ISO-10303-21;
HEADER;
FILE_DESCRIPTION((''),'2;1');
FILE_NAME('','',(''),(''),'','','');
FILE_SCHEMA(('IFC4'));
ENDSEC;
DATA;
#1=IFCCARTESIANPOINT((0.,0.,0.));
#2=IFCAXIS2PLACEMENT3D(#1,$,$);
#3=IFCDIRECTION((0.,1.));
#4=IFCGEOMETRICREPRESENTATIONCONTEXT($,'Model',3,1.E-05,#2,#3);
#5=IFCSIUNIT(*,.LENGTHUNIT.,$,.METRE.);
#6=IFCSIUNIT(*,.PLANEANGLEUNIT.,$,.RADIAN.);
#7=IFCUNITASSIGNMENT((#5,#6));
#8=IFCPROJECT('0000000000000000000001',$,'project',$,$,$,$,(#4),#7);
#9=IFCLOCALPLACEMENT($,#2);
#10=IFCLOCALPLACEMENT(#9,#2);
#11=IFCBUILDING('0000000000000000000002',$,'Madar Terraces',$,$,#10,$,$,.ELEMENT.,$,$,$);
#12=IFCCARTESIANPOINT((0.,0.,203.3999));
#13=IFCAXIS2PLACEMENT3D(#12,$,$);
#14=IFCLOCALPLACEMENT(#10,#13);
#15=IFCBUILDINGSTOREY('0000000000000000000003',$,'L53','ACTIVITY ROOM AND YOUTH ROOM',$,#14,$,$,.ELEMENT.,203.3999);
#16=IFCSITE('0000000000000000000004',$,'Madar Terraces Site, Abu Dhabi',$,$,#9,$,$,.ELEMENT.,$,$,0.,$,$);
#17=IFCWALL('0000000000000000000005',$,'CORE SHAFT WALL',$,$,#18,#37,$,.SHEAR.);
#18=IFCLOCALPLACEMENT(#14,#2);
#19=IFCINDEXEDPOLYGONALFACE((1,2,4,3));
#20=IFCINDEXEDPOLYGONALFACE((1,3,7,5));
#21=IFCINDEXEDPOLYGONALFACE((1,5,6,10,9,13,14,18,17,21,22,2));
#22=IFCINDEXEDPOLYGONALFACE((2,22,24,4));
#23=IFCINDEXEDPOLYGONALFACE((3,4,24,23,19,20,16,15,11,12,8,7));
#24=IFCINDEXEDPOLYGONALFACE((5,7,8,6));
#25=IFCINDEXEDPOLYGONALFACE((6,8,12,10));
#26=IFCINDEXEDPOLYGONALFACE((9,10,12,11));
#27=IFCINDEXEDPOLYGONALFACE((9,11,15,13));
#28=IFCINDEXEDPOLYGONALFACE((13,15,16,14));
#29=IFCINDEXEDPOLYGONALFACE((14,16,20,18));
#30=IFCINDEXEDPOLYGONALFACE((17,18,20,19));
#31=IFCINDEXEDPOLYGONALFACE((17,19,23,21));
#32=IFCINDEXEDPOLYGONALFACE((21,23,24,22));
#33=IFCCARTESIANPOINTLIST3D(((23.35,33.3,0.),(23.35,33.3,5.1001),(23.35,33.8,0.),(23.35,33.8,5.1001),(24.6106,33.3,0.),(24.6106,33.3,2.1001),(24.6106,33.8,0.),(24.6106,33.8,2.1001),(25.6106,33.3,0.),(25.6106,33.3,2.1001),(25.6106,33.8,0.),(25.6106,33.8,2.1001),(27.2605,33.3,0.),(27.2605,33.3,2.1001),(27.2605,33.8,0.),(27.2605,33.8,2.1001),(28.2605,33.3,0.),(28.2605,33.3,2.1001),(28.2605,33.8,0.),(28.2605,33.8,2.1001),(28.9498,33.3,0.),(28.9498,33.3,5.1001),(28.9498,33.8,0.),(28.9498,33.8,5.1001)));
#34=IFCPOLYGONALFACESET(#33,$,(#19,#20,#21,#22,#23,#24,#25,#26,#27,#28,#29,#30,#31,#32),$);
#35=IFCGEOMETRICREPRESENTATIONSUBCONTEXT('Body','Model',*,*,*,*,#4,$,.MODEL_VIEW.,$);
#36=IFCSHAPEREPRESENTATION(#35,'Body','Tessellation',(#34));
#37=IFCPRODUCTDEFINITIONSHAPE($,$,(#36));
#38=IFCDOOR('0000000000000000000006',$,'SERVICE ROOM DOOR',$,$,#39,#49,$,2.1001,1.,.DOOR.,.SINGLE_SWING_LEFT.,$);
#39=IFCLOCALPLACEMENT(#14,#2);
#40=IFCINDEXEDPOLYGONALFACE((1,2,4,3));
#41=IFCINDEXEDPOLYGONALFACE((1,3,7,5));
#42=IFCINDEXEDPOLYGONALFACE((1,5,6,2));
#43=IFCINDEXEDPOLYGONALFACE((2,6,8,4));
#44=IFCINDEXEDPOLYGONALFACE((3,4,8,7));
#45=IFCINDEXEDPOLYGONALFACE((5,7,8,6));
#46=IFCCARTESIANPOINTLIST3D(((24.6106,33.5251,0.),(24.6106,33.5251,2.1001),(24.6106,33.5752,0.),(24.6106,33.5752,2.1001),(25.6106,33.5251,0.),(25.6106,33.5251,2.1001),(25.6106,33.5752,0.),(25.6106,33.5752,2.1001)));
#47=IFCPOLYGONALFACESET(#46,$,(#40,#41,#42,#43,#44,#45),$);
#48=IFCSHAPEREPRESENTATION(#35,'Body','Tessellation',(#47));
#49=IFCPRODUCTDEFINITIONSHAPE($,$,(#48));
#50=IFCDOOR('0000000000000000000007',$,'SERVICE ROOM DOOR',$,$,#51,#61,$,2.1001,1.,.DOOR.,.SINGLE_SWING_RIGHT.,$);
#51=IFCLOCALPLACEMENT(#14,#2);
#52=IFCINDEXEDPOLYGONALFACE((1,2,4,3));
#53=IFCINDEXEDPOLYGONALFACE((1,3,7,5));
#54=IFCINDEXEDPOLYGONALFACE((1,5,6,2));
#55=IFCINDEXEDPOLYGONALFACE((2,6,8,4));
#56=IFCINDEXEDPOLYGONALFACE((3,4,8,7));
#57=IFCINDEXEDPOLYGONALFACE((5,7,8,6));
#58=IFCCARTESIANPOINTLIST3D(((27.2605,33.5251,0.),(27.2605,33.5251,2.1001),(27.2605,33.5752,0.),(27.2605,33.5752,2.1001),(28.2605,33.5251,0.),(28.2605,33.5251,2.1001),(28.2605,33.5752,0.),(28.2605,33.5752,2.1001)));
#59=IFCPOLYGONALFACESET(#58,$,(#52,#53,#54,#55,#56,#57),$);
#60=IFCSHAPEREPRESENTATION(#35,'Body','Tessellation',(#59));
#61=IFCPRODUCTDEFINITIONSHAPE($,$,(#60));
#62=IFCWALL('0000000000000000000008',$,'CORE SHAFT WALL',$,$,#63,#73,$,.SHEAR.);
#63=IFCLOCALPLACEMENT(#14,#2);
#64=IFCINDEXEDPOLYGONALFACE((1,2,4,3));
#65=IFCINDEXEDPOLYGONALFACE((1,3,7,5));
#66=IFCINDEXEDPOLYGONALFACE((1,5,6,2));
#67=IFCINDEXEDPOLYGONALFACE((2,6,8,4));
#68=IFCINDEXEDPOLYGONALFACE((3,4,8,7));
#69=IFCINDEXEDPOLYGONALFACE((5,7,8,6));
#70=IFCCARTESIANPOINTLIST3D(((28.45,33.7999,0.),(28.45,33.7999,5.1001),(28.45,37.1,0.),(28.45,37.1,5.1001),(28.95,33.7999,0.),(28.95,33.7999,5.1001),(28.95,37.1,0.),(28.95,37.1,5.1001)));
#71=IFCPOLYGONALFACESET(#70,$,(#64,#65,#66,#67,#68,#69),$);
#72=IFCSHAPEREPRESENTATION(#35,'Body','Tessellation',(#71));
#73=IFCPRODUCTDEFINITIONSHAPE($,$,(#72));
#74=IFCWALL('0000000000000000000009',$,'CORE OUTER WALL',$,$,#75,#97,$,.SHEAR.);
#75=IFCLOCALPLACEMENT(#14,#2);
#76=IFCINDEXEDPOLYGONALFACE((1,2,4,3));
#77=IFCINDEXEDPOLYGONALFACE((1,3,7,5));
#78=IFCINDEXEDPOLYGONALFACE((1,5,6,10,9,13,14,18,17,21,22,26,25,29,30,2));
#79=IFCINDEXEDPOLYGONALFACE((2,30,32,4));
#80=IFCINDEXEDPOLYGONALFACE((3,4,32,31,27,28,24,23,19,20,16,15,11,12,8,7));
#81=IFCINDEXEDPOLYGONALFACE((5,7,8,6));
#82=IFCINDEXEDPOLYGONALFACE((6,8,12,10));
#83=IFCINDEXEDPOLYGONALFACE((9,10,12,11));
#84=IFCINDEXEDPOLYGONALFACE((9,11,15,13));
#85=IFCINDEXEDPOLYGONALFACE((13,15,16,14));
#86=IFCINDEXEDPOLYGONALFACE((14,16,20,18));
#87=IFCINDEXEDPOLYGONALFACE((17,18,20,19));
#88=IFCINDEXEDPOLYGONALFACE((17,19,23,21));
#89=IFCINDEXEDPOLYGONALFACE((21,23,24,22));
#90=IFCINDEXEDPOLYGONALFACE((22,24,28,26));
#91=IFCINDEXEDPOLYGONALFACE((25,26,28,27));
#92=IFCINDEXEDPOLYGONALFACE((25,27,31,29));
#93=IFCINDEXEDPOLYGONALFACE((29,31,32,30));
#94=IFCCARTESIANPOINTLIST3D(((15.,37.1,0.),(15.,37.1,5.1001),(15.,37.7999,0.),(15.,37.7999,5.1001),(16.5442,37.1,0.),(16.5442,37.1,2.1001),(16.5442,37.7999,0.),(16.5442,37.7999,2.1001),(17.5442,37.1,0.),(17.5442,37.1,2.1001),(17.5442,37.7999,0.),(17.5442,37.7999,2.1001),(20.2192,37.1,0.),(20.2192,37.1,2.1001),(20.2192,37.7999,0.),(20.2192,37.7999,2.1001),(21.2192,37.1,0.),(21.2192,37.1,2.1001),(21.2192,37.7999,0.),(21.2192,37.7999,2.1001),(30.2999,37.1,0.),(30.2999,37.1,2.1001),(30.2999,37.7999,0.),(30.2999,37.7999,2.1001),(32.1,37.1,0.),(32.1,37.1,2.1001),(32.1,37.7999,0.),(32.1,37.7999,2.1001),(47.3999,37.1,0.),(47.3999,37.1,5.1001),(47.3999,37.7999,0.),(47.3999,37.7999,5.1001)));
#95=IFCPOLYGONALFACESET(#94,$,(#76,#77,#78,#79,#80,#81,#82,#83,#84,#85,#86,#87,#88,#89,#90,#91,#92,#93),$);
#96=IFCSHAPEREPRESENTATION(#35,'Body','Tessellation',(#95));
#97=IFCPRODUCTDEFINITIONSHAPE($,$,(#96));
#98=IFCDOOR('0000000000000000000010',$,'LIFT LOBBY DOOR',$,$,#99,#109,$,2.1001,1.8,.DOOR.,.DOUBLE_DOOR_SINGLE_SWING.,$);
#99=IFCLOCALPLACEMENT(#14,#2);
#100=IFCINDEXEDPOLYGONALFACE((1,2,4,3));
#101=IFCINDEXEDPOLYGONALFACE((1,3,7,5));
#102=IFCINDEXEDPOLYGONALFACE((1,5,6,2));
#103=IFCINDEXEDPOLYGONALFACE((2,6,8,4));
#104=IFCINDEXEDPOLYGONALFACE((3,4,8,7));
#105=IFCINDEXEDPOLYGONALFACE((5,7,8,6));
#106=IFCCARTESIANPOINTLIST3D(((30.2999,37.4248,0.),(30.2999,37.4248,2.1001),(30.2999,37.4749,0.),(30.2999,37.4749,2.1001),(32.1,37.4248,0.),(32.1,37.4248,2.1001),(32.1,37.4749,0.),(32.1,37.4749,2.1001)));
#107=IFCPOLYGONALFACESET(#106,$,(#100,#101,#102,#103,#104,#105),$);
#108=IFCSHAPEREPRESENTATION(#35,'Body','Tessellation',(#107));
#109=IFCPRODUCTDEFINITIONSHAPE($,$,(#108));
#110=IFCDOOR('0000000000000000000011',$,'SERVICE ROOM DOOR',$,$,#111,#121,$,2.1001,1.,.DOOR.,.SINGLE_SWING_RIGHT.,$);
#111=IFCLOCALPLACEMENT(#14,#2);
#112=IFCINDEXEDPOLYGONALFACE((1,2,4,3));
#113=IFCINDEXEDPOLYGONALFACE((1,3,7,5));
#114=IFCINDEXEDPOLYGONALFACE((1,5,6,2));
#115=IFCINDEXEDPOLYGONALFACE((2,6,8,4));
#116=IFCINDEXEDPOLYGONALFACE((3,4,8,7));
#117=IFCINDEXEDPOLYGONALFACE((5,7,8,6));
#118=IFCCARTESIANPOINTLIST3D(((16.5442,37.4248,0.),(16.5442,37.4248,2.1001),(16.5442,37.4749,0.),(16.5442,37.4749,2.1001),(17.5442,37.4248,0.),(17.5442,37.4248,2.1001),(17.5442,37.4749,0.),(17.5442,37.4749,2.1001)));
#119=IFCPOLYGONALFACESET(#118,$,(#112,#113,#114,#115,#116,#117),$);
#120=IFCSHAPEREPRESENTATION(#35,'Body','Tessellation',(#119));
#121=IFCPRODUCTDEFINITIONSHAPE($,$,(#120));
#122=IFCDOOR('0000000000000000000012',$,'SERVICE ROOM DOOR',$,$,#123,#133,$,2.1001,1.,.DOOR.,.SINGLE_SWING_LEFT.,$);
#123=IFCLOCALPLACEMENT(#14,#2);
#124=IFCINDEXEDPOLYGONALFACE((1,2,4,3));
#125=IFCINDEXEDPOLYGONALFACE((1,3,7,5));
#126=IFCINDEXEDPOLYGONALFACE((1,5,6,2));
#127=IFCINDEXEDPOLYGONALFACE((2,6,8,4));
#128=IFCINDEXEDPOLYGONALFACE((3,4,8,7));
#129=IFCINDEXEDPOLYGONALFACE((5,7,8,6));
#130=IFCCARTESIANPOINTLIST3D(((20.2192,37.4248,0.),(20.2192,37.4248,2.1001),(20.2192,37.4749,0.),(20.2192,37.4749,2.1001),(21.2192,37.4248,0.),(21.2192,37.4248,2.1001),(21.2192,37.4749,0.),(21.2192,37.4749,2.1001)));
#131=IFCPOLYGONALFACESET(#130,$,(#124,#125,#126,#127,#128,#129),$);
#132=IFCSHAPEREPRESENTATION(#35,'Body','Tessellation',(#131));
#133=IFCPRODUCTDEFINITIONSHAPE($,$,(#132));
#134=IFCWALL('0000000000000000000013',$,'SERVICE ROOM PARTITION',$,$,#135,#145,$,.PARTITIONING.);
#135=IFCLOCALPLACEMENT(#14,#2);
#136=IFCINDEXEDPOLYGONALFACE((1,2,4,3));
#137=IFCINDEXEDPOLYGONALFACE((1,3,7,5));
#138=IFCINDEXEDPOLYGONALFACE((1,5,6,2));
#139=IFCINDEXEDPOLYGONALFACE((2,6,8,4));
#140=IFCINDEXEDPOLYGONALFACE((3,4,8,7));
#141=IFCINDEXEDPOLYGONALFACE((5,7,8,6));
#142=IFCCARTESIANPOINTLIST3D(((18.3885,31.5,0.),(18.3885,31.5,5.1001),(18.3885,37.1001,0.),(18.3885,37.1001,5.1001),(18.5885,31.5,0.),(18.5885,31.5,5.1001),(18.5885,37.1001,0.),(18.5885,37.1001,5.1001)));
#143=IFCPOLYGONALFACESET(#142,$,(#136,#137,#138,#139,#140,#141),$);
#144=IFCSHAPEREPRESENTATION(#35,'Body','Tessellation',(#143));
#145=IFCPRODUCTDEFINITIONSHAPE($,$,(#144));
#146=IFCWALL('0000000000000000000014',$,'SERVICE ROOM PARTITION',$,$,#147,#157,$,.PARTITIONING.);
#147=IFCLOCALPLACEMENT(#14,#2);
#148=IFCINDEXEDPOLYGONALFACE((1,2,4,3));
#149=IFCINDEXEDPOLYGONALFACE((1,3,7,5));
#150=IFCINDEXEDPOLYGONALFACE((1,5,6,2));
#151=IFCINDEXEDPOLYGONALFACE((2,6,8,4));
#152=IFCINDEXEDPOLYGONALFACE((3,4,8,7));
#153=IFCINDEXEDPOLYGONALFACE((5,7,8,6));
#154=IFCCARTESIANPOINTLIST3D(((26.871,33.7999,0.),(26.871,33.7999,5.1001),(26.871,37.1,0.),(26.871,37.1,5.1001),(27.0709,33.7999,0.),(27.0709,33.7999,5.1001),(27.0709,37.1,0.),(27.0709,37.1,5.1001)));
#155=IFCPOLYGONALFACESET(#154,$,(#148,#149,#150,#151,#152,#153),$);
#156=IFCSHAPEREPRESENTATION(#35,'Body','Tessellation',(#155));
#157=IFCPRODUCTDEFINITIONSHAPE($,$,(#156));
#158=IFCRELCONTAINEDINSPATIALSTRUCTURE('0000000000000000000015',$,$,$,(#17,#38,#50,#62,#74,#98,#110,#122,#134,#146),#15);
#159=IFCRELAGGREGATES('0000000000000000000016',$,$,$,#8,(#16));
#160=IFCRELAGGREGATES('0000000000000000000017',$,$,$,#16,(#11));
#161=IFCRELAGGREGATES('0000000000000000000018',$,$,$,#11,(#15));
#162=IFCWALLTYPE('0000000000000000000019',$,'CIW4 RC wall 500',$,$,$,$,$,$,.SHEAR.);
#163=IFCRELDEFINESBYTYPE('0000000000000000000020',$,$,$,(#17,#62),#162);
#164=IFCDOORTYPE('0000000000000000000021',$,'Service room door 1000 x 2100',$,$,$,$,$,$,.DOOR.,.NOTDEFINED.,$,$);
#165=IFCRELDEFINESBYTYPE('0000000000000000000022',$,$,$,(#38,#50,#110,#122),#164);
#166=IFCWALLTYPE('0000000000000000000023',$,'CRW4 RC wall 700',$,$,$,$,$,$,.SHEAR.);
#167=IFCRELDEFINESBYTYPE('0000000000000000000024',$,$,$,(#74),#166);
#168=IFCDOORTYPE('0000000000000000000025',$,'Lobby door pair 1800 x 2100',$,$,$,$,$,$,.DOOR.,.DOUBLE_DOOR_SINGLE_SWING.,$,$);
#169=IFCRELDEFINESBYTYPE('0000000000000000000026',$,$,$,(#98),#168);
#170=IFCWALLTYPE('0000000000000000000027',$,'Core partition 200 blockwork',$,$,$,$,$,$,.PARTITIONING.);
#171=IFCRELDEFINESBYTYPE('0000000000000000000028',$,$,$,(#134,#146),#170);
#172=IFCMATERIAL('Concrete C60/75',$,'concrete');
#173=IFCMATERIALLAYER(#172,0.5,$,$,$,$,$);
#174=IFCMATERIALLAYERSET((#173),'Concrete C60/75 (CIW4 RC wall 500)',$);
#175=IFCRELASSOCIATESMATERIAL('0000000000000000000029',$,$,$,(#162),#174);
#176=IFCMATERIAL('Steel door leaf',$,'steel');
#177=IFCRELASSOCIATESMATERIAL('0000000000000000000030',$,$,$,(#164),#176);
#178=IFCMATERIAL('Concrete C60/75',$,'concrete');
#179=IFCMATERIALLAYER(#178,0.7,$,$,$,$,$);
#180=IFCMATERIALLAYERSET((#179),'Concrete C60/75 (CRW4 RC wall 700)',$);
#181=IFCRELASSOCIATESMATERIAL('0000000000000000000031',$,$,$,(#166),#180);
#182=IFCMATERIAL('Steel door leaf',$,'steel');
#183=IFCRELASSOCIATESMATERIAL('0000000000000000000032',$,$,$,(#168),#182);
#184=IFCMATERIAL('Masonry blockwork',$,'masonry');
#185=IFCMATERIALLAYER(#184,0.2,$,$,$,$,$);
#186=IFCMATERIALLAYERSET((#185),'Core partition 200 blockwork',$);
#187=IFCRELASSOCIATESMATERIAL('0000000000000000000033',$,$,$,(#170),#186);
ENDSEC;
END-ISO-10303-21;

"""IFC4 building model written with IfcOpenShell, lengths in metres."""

from ifc_helpers import new_model, si_unit, direction, frame, frame_2d, origin, place, context, subcontext, project, spatial, rectangle, extrude, material, layer, layer_set, type_object, element, fill, save


model = new_model("IFC4")

# Units and contexts
model_context = context("Model", 3, precision=1e-05, world=origin(), true_north=direction((0.0, 1.0)))
body_context = subcontext(model_context, "Body", "Model", "MODEL_VIEW")
ifc_project = project(units=[si_unit("LENGTHUNIT", "METRE"), si_unit("PLANEANGLEUNIT", "RADIAN")], contexts=[model_context])

# Site, building, storey
site_placement = place(None, origin())
site = spatial("IfcSite", under=ifc_project, at=site_placement, Name="Madar Terraces Site, Abu Dhabi", CompositionType="ELEMENT", RefElevation=0.0)
building_placement = place(site_placement, origin())
building = spatial("IfcBuilding", under=site, at=building_placement, Name="Madar Terraces", CompositionType="ELEMENT")
storey_placement = place(building_placement, frame((0.0, 0.0, 203.3999)))
storey = spatial("IfcBuildingStorey", under=building, at=storey_placement, Name="L53", Description="ACTIVITY ROOM AND YOUTH ROOM", CompositionType="ELEMENT", Elevation=203.3999)

# Shared definitions
ifc_material_1 = material(Name="Concrete C60/75", Category="concrete")
ifc_layer_1 = layer(ifc_material_1, 0.5)
ifc_layer_set_1 = layer_set([ifc_layer_1], Name="Concrete C60/75 (CIW4 RC wall 500)")
wall_type_1 = type_object("IfcWallType", Name="CIW4 RC wall 500", PredefinedType="SHEAR", material=ifc_layer_set_1)

# Wall, openings, doors
wall_1_placement = place(storey_placement, frame((23.3501, 33.55, 0.0), z_axis=(0.0, 0.0, 1.0), x_axis=(1.0, 0.0, 0.0)))
wall_1 = element("IfcWall", 1, at=wall_1_placement, inside=storey, type_object=wall_type_1, Name="CORE SHAFT WALL", PredefinedType="SHEAR", context=body_context, shape_type="SweptSolid", body=[
    extrude(rectangle(XDim=5.5999, YDim=0.5, at=frame_2d((2.7998, 0.0))), origin(), (0.0, 0.0, 1.0), 5.1001),
])
opening_1_placement = place(wall_1_placement, frame((1.2605, 0.0, 0.0)))
opening_1 = element("IfcOpeningElement", 2, at=opening_1_placement, cuts=wall_1, PredefinedType="OPENING", context=body_context, shape_type="SweptSolid", body=[
    extrude(rectangle(XDim=1.0, YDim=2.1001, at=frame_2d((0.5, 1.05))), frame((0.0, 0.26, 0.0), z_axis=(0.0, -1.0, 0.0), x_axis=(1.0, 0.0, 0.0)), (0.0, 0.0, 1.0), 0.52),
])
opening_2_placement = place(wall_1_placement, frame((3.9104, 0.0, 0.0)))
opening_2 = element("IfcOpeningElement", 3, at=opening_2_placement, cuts=wall_1, PredefinedType="OPENING", context=body_context, shape_type="SweptSolid", body=[
    extrude(rectangle(XDim=1.0, YDim=2.1001, at=frame_2d((0.5, 1.05))), frame((0.0, 0.26, 0.0), z_axis=(0.0, -1.0, 0.0), x_axis=(1.0, 0.0, 0.0)), (0.0, 0.0, 1.0), 0.52),
])
ifc_material_2 = material(Name="Steel door leaf", Category="steel")
door_type_1 = type_object("IfcDoorType", Name="Service room door 1000 x 2100", OperationType="NOTDEFINED", PredefinedType="DOOR", material=ifc_material_2)
door_1_placement = place(opening_1_placement, frame((1.0, 0.0, 0.0), z_axis=(0.0, 0.0, 1.0), x_axis=(-1.0, 0.0, 0.0)))
door_1 = element("IfcDoor", 4, at=door_1_placement, inside=storey, type_object=door_type_1, Name="SERVICE ROOM DOOR", OperationType="SINGLE_SWING_LEFT", OverallHeight=2.1001, OverallWidth=1.0, PredefinedType="DOOR", context=body_context, shape_type="SweptSolid", body=[
    extrude(rectangle(XDim=1.0, YDim=2.1001, at=frame_2d((0.5, 1.05))), frame((0.0, 0.0249, 0.0), z_axis=(0.0, -1.0, 0.0), x_axis=(1.0, 0.0, 0.0)), (0.0, 0.0, 1.0), 0.05),
])
fill(opening_1, door_1)
door_2_placement = place(opening_2_placement, frame((1.0, 0.0, 0.0), z_axis=(0.0, 0.0, 1.0), x_axis=(-1.0, 0.0, 0.0)))
door_2 = element("IfcDoor", 5, at=door_2_placement, inside=storey, type_object=door_type_1, Name="SERVICE ROOM DOOR", OperationType="SINGLE_SWING_RIGHT", OverallHeight=2.1001, OverallWidth=1.0, PredefinedType="DOOR", context=body_context, shape_type="SweptSolid", body=[
    extrude(rectangle(XDim=1.0, YDim=2.1001, at=frame_2d((0.5, 1.05))), frame((0.0, 0.0249, 0.0), z_axis=(0.0, -1.0, 0.0), x_axis=(1.0, 0.0, 0.0)), (0.0, 0.0, 1.0), 0.05),
])
fill(opening_2, door_2)

# Wall
wall_2_placement = place(storey_placement, frame((28.7, 33.8, 0.0), z_axis=(0.0, 0.0, 1.0), x_axis=(0.0, 1.0, 0.0)))
element("IfcWall", 6, at=wall_2_placement, inside=storey, type_object=wall_type_1, Name="CORE SHAFT WALL", PredefinedType="SHEAR", context=body_context, shape_type="SweptSolid", body=[
    extrude(rectangle(XDim=3.3, YDim=0.5, at=frame_2d((1.6499, 0.0))), origin(), (0.0, 0.0, 1.0), 5.1001),
])

# Wall, openings, doors
ifc_material_3 = material(Name="Concrete C60/75", Category="concrete")
ifc_layer_2 = layer(ifc_material_3, 0.7)
ifc_layer_set_2 = layer_set([ifc_layer_2], Name="Concrete C60/75 (CRW4 RC wall 700)")
wall_type_2 = type_object("IfcWallType", Name="CRW4 RC wall 700", PredefinedType="SHEAR", material=ifc_layer_set_2)
wall_3_placement = place(storey_placement, frame((15.0, 37.45, 0.0), z_axis=(0.0, 0.0, 1.0), x_axis=(1.0, 0.0, 0.0)))
wall_3 = element("IfcWall", 7, at=wall_3_placement, inside=storey, type_object=wall_type_2, Name="CORE OUTER WALL", PredefinedType="SHEAR", context=body_context, shape_type="SweptSolid", body=[
    extrude(rectangle(XDim=32.3999, YDim=0.7, at=frame_2d((16.2, 0.0))), origin(), (0.0, 0.0, 1.0), 5.1001),
])
opening_3_placement = place(wall_3_placement, frame((15.3, 0.0, 0.0)))
opening_3 = element("IfcOpeningElement", 8, at=opening_3_placement, cuts=wall_3, PredefinedType="OPENING", context=body_context, shape_type="SweptSolid", body=[
    extrude(rectangle(XDim=1.8, YDim=2.1001, at=frame_2d((0.8999, 1.05))), frame((0.0, 0.3599, 0.0), z_axis=(0.0, -1.0, 0.0), x_axis=(1.0, 0.0, 0.0)), (0.0, 0.0, 1.0), 0.72),
])
opening_4_placement = place(wall_3_placement, frame((1.5442, 0.0, 0.0)))
opening_4 = element("IfcOpeningElement", 9, at=opening_4_placement, cuts=wall_3, PredefinedType="OPENING", context=body_context, shape_type="SweptSolid", body=[
    extrude(rectangle(XDim=1.0, YDim=2.1001, at=frame_2d((0.5, 1.05))), frame((0.0, 0.3599, 0.0), z_axis=(0.0, -1.0, 0.0), x_axis=(1.0, 0.0, 0.0)), (0.0, 0.0, 1.0), 0.72),
])
opening_5_placement = place(wall_3_placement, frame((5.2192, 0.0, 0.0)))
opening_5 = element("IfcOpeningElement", 10, at=opening_5_placement, cuts=wall_3, PredefinedType="OPENING", context=body_context, shape_type="SweptSolid", body=[
    extrude(rectangle(XDim=1.0, YDim=2.1001, at=frame_2d((0.5, 1.05))), frame((0.0, 0.3599, 0.0), z_axis=(0.0, -1.0, 0.0), x_axis=(1.0, 0.0, 0.0)), (0.0, 0.0, 1.0), 0.72),
])
ifc_material_4 = material(Name="Steel door leaf", Category="steel")
door_type_2 = type_object("IfcDoorType", Name="Lobby door pair 1800 x 2100", OperationType="DOUBLE_DOOR_SINGLE_SWING", PredefinedType="DOOR", material=ifc_material_4)
door_3_placement = place(opening_3_placement, origin())
door_3 = element("IfcDoor", 11, at=door_3_placement, inside=storey, type_object=door_type_2, Name="LIFT LOBBY DOOR", OperationType="DOUBLE_DOOR_SINGLE_SWING", OverallHeight=2.1001, OverallWidth=1.8, PredefinedType="DOOR", context=body_context, shape_type="SweptSolid", body=[
    extrude(rectangle(XDim=1.8, YDim=2.1001, at=frame_2d((0.8999, 1.05))), frame((0.0, 0.0249, 0.0), z_axis=(0.0, -1.0, 0.0), x_axis=(1.0, 0.0, 0.0)), (0.0, 0.0, 1.0), 0.05),
])
fill(opening_3, door_3)
door_4_placement = place(opening_4_placement, origin())
door_4 = element("IfcDoor", 12, at=door_4_placement, inside=storey, type_object=door_type_1, Name="SERVICE ROOM DOOR", OperationType="SINGLE_SWING_RIGHT", OverallHeight=2.1001, OverallWidth=1.0, PredefinedType="DOOR", context=body_context, shape_type="SweptSolid", body=[
    extrude(rectangle(XDim=1.0, YDim=2.1001, at=frame_2d((0.5, 1.05))), frame((0.0, 0.0249, 0.0), z_axis=(0.0, -1.0, 0.0), x_axis=(1.0, 0.0, 0.0)), (0.0, 0.0, 1.0), 0.05),
])
fill(opening_4, door_4)
door_5_placement = place(opening_5_placement, origin())
door_5 = element("IfcDoor", 13, at=door_5_placement, inside=storey, type_object=door_type_1, Name="SERVICE ROOM DOOR", OperationType="SINGLE_SWING_LEFT", OverallHeight=2.1001, OverallWidth=1.0, PredefinedType="DOOR", context=body_context, shape_type="SweptSolid", body=[
    extrude(rectangle(XDim=1.0, YDim=2.1001, at=frame_2d((0.5, 1.05))), frame((0.0, 0.0249, 0.0), z_axis=(0.0, -1.0, 0.0), x_axis=(1.0, 0.0, 0.0)), (0.0, 0.0, 1.0), 0.05),
])
fill(opening_5, door_5)

# Walls
ifc_material_5 = material(Name="Masonry blockwork", Category="masonry")
ifc_layer_3 = layer(ifc_material_5, 0.2)
ifc_layer_set_3 = layer_set([ifc_layer_3], Name="Core partition 200 blockwork")
wall_type_3 = type_object("IfcWallType", Name="Core partition 200 blockwork", PredefinedType="PARTITIONING", material=ifc_layer_set_3)
wall_4_placement = place(storey_placement, frame((18.4885, 31.5, 0.0), z_axis=(0.0, 0.0, 1.0), x_axis=(0.0, 1.0, 0.0)))
element("IfcWall", 14, at=wall_4_placement, inside=storey, type_object=wall_type_3, Name="SERVICE ROOM PARTITION", PredefinedType="PARTITIONING", context=body_context, shape_type="SweptSolid", body=[
    extrude(rectangle(XDim=5.6001, YDim=0.2, at=frame_2d((2.8, 0.0))), origin(), (0.0, 0.0, 1.0), 5.1001),
])
wall_5_placement = place(storey_placement, frame((26.9709, 33.8, 0.0), z_axis=(0.0, 0.0, 1.0), x_axis=(0.0, 1.0, 0.0)))
element("IfcWall", 15, at=wall_5_placement, inside=storey, type_object=wall_type_3, Name="SERVICE ROOM PARTITION", PredefinedType="PARTITIONING", context=body_context, shape_type="SweptSolid", body=[
    extrude(rectangle(XDim=3.3, YDim=0.2, at=frame_2d((1.6499, 0.0))), origin(), (0.0, 0.0, 1.0), 5.1001),
])

save(model, "model.ifc")
